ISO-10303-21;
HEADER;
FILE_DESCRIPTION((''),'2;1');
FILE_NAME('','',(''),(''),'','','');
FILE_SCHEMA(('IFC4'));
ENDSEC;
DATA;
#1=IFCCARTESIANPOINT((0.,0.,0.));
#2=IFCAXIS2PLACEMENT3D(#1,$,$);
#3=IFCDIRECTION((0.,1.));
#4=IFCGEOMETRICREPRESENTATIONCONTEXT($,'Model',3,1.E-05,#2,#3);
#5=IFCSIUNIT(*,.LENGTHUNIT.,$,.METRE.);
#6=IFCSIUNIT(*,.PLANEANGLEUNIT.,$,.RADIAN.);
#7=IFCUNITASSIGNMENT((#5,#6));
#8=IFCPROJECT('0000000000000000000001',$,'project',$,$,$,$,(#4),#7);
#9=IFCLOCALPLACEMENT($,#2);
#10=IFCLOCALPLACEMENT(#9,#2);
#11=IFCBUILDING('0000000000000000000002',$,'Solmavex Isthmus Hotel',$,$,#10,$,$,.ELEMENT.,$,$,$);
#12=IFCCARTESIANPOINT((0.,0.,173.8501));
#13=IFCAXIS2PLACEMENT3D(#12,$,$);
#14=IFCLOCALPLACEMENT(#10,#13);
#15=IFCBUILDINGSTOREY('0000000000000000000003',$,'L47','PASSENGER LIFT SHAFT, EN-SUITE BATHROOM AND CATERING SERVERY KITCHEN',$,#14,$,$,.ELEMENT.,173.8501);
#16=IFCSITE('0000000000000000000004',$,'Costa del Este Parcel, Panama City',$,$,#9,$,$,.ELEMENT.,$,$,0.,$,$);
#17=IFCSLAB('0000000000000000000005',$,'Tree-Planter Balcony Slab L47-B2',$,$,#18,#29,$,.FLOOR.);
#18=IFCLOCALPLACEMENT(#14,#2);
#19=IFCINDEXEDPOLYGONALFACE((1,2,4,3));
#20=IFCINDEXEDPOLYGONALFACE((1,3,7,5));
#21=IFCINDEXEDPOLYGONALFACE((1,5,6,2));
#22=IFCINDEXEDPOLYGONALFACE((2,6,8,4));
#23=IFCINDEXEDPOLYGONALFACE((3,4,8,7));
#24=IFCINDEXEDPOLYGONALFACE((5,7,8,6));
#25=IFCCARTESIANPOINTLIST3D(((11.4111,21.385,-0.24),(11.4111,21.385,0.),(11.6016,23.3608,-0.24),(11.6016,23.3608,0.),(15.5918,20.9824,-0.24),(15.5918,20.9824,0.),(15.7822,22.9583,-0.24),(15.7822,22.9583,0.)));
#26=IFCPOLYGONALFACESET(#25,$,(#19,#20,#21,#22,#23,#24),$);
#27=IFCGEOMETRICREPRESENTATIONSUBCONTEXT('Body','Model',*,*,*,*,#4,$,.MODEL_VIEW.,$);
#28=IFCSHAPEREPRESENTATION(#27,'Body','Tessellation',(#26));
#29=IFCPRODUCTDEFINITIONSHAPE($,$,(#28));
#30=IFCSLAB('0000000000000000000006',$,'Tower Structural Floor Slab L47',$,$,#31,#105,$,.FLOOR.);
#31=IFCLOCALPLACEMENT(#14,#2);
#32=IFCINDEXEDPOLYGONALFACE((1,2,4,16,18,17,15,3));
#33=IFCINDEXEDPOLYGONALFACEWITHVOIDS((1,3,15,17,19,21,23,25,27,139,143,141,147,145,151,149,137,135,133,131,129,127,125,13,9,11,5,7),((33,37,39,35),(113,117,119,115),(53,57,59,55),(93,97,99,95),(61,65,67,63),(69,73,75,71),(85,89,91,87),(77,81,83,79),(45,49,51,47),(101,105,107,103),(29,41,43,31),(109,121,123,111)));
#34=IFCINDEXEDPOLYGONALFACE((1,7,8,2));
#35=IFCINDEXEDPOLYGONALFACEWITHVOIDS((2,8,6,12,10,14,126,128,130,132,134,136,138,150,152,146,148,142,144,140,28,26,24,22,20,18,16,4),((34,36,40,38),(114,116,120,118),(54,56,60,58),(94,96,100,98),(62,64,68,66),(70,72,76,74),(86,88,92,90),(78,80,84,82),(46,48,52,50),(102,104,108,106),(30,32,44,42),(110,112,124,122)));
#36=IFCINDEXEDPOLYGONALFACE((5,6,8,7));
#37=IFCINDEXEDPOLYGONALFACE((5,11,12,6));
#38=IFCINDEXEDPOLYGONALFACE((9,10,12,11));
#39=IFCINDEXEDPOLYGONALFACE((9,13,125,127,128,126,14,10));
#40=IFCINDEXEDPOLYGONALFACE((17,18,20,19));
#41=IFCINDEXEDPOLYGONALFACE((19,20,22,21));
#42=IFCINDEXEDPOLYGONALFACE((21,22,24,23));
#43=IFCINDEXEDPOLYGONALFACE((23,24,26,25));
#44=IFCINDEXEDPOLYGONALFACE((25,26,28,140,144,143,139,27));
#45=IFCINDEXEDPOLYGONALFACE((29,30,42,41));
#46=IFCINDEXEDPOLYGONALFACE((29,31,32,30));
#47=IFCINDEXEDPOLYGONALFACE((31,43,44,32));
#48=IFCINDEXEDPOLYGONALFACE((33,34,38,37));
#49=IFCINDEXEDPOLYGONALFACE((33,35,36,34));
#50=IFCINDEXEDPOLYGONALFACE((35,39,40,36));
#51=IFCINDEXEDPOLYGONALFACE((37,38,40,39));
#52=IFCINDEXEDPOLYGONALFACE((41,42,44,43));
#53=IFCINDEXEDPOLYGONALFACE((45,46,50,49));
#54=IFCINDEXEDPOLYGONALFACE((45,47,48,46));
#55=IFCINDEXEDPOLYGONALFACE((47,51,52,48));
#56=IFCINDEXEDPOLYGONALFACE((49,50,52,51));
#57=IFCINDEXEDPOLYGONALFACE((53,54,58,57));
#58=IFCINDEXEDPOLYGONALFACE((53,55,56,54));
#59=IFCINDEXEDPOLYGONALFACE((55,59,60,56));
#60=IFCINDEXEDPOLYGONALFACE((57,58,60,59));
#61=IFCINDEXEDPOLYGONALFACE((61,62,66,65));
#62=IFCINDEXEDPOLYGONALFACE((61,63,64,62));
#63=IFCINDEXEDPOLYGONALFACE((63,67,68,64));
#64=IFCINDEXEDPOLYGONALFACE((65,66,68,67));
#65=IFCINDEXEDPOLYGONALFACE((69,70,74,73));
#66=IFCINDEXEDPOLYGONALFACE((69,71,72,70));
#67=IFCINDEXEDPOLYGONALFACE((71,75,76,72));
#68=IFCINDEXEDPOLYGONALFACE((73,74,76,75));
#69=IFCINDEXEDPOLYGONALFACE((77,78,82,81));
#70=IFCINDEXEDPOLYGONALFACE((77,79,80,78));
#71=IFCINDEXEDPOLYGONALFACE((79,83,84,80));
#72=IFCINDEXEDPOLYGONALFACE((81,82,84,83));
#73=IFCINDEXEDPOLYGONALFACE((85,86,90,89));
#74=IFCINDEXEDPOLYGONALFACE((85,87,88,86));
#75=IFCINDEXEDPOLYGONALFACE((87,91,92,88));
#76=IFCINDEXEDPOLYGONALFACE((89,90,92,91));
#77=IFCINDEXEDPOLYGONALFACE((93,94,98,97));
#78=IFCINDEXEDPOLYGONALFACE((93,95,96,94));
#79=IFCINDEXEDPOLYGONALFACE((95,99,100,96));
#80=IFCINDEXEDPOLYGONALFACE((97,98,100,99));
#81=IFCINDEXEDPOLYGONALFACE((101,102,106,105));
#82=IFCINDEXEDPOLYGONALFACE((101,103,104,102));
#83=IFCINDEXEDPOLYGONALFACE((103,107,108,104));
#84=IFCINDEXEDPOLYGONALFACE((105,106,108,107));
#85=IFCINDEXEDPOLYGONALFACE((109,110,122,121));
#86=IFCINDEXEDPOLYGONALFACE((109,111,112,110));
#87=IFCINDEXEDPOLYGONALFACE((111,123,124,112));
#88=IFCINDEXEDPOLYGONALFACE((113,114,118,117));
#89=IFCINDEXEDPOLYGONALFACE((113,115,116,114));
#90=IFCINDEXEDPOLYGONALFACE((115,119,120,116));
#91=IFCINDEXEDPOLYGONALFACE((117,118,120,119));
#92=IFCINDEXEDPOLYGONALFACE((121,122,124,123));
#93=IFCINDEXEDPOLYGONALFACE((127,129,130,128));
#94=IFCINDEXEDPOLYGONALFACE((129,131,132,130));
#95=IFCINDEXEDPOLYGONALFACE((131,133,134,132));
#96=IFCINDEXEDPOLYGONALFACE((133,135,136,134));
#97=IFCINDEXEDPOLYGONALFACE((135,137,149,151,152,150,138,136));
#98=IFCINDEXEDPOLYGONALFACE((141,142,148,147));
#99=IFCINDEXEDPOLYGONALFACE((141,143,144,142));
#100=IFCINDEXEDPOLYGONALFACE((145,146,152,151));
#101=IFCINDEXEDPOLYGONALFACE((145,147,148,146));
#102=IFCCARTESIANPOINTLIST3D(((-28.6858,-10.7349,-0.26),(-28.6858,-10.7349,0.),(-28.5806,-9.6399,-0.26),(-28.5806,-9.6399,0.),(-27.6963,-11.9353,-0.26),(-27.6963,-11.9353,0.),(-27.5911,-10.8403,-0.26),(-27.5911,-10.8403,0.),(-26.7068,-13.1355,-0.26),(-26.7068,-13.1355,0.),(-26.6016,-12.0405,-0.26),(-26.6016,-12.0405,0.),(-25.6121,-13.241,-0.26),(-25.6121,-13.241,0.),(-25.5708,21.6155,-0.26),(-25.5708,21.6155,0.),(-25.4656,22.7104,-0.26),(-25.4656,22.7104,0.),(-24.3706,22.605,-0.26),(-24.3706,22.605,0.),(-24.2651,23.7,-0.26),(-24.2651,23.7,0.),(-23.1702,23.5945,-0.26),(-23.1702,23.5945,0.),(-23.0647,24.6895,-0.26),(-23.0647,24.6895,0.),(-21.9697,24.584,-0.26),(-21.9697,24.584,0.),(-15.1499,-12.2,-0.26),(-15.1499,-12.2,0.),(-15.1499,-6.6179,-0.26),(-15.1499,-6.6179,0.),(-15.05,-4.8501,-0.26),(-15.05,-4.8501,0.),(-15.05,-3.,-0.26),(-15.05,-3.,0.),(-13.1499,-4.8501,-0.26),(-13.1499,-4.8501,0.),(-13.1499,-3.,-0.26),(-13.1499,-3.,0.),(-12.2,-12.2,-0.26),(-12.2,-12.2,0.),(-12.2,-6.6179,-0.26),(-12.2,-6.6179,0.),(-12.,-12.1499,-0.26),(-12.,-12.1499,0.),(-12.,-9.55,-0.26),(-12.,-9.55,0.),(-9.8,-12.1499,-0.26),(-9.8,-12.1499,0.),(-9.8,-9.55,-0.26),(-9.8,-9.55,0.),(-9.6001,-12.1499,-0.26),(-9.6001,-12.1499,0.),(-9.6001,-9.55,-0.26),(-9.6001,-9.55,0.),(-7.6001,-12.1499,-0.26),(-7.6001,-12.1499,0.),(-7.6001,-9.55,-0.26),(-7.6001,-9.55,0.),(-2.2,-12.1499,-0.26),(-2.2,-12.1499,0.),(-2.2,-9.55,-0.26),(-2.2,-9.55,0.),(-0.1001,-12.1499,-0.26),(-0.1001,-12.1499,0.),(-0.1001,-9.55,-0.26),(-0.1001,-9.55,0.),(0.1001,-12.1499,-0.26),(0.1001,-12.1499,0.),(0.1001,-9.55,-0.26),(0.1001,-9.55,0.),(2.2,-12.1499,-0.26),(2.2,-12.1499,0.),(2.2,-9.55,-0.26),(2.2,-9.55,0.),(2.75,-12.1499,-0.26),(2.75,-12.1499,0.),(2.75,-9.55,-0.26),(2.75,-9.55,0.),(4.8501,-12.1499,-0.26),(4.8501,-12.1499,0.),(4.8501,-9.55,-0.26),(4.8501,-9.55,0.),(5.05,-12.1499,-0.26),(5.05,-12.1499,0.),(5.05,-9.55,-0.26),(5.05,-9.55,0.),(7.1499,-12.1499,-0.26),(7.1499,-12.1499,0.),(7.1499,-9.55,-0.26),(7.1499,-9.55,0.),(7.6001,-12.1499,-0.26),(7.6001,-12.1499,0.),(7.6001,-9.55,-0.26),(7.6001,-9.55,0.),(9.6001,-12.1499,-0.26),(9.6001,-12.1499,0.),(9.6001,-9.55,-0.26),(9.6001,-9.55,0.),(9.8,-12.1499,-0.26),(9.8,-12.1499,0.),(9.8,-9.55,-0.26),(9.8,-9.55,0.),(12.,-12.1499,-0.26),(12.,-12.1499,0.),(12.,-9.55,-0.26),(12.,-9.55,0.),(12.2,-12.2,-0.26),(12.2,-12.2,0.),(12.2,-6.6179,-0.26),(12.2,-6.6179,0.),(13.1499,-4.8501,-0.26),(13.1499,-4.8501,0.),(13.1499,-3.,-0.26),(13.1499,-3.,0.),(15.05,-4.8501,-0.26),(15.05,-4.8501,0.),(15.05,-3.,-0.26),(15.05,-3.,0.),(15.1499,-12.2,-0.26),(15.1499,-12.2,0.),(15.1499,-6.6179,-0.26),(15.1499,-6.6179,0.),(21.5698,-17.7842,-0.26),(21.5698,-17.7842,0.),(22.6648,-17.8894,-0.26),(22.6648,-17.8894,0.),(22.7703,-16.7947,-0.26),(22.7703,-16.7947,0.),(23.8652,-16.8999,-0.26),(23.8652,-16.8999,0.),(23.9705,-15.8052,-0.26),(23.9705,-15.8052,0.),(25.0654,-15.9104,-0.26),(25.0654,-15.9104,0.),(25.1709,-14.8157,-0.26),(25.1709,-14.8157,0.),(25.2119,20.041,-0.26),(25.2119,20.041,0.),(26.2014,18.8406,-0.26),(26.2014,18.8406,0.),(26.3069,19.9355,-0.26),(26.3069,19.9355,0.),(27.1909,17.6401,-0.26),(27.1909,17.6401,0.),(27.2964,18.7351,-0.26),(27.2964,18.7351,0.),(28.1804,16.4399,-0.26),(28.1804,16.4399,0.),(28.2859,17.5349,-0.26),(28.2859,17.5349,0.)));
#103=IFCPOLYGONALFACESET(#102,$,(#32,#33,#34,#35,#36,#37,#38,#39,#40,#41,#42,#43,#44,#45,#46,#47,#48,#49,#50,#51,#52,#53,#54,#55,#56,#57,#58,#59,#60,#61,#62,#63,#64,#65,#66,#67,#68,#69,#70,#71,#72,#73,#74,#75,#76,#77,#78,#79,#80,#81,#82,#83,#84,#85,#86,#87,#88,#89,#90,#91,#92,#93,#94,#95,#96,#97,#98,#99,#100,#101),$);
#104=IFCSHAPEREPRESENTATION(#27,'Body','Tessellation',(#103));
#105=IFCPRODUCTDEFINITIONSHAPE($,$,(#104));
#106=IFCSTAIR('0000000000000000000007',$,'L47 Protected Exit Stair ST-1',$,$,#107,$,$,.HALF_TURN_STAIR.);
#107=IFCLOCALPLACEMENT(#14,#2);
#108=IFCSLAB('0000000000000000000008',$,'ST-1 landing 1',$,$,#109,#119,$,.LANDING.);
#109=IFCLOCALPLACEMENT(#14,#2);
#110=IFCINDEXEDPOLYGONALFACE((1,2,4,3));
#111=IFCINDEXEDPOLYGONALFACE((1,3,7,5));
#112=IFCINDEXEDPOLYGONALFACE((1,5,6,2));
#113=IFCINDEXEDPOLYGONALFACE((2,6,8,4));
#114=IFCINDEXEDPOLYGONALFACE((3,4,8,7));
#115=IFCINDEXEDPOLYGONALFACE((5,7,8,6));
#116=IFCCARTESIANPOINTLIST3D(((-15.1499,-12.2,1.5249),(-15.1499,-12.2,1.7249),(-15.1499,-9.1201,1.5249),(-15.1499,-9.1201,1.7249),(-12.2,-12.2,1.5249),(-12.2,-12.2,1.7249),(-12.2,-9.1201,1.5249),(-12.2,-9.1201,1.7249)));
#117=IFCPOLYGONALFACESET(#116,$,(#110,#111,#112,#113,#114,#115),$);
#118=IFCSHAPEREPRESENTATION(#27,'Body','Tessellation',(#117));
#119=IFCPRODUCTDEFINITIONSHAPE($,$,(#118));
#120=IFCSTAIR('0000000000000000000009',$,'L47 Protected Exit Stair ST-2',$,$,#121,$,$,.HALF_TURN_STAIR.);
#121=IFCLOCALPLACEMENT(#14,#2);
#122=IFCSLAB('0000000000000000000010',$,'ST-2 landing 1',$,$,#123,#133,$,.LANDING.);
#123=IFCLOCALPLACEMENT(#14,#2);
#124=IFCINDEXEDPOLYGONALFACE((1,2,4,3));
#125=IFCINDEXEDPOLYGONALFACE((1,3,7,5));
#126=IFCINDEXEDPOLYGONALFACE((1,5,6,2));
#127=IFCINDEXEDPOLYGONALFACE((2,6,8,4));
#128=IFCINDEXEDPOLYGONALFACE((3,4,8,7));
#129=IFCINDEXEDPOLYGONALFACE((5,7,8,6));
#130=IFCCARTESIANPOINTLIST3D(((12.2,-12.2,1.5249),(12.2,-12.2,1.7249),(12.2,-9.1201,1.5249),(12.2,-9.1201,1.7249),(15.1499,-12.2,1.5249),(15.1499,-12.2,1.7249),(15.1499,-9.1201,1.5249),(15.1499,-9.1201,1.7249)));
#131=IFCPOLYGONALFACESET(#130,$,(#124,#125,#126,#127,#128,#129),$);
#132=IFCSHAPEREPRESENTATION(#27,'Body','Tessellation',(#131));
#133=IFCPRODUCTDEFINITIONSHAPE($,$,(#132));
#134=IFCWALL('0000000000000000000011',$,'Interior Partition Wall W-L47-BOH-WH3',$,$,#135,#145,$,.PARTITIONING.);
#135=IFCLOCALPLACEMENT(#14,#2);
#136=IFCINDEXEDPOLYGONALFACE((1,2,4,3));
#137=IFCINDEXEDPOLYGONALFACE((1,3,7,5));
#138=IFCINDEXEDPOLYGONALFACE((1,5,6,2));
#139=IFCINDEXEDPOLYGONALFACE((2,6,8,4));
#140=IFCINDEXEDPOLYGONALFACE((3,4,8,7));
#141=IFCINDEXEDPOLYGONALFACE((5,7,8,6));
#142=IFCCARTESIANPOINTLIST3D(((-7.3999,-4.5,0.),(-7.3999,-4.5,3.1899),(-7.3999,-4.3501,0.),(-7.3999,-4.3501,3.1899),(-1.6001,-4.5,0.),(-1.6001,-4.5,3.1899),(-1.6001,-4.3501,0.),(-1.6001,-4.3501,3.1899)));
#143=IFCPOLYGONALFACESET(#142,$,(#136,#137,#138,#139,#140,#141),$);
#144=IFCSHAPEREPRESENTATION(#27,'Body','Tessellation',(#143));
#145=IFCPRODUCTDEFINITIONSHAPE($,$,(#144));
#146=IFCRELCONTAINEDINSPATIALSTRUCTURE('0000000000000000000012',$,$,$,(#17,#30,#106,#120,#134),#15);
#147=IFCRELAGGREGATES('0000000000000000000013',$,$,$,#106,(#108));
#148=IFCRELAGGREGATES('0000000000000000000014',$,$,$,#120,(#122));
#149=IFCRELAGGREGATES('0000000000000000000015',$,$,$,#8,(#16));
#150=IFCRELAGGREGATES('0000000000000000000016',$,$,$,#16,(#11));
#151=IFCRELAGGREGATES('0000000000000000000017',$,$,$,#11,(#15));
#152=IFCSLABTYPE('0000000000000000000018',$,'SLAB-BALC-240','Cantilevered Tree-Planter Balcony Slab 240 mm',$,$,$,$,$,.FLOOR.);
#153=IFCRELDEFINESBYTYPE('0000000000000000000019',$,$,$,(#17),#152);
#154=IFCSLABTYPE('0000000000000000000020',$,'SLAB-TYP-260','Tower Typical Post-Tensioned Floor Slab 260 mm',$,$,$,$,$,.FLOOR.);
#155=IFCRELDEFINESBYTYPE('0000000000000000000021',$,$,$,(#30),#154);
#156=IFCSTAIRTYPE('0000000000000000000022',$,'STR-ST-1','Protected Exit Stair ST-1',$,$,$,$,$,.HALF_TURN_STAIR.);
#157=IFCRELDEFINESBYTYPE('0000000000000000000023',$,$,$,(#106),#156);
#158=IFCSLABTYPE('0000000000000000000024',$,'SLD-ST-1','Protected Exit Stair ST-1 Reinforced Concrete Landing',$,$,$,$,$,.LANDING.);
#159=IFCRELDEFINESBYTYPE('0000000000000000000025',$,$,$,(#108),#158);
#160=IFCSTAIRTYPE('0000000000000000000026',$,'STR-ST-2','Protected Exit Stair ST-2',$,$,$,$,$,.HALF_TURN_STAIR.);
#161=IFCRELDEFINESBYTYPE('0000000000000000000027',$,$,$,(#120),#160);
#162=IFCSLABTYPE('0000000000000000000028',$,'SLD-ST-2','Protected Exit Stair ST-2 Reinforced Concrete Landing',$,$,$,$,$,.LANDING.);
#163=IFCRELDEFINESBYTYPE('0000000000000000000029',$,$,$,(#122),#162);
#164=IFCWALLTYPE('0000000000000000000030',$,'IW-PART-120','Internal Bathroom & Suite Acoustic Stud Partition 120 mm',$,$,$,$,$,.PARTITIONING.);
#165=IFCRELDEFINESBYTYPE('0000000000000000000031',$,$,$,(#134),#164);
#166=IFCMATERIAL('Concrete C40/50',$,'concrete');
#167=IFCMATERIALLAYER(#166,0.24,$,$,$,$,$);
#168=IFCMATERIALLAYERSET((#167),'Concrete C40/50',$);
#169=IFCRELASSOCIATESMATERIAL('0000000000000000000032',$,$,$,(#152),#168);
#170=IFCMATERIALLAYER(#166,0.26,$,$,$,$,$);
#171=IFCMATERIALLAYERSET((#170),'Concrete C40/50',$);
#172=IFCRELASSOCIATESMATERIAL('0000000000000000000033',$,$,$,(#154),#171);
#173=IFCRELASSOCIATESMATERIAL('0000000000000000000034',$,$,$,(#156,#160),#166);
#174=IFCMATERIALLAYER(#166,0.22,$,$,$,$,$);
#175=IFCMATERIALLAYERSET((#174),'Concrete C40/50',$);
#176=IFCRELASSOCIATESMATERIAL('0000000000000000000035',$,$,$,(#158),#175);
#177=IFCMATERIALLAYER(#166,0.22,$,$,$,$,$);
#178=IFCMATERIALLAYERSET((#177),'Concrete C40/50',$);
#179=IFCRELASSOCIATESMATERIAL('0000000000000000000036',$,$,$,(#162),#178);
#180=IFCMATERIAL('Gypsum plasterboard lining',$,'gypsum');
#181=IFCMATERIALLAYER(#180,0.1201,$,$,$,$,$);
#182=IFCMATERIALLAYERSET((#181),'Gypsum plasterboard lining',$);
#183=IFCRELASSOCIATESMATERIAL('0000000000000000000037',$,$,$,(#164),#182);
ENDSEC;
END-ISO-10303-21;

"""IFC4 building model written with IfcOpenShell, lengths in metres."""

from ifc_helpers import new_model, si_unit, direction, frame, frame_2d, origin, place, context, subcontext, project, spatial, polyline, rectangle, outline, extrude, material, layer, layer_set, type_object, element, aggregate, save


model = new_model("IFC4")

# Units and contexts
model_context = context("Model", 3, precision=1e-05, world=origin(), true_north=direction((0.0, 1.0)))
body_context = subcontext(model_context, "Body", "Model", "MODEL_VIEW")
ifc_project = project(units=[si_unit("LENGTHUNIT", "METRE"), si_unit("PLANEANGLEUNIT", "RADIAN")], contexts=[model_context])

# Site, building, storey
site_placement = place(None, origin())
site = spatial("IfcSite", under=ifc_project, at=site_placement, Name="Costa del Este Parcel, Panama City", CompositionType="ELEMENT", RefElevation=0.0)
building_placement = place(site_placement, origin())
building = spatial("IfcBuilding", under=site, at=building_placement, Name="Solmavex Isthmus Hotel", CompositionType="ELEMENT")
storey_placement = place(building_placement, frame((0.0, 0.0, 173.8501)))
storey = spatial("IfcBuildingStorey", under=building, at=storey_placement, Name="L47", Description="PASSENGER LIFT SHAFT, EN-SUITE BATHROOM AND CATERING SERVERY KITCHEN", CompositionType="ELEMENT", Elevation=173.8501)

# Slabs
ifc_material_1 = material(Name="Concrete C40/50", Category="concrete")
ifc_layer_1 = layer(ifc_material_1, 0.24)
ifc_layer_set_1 = layer_set([ifc_layer_1], Name="Concrete C40/50")
slab_type_1 = type_object("IfcSlabType", Name="SLAB-BALC-240", Description="Cantilevered Tree-Planter Balcony Slab 240 mm", PredefinedType="FLOOR", material=ifc_layer_set_1)
slab_1_placement = place(storey_placement, frame((0.0, 0.0, -0.24)))
element("IfcSlab", 1, at=slab_1_placement, inside=storey, type_object=slab_type_1, Name="Tree-Planter Balcony Slab L47-B2", PredefinedType="FLOOR", context=body_context, shape_type="SweptSolid", body=[
    extrude(outline(polyline([(11.4111, 21.385), (15.5918, 20.9824), (15.7822, 22.9583), (11.6016, 23.3608), (11.4111, 21.385)])), origin(), (0.0, 0.0, 1.0), 0.24),
])
ifc_layer_2 = layer(ifc_material_1, 0.26)
ifc_layer_set_2 = layer_set([ifc_layer_2], Name="Concrete C40/50")
slab_type_2 = type_object("IfcSlabType", Name="SLAB-TYP-260", Description="Tower Typical Post-Tensioned Floor Slab 260 mm", PredefinedType="FLOOR", material=ifc_layer_set_2)
slab_2_placement = place(storey_placement, frame((0.0, 0.0, -0.26)))
element("IfcSlab", 2, at=slab_2_placement, inside=storey, type_object=slab_type_2, Name="Tower Structural Floor Slab L47", PredefinedType="FLOOR", context=body_context, shape_type="SweptSolid", body=[
    extrude(outline(polyline([(-25.6121, -13.241), (21.5698, -17.7842), (22.6648, -17.8894), (22.7703, -16.7947), (23.8652, -16.8999), (23.9705, -15.8052), (25.0654, -15.9104), (25.1709, -14.8157), (28.1804, 16.4399), (28.2859, 17.5349), (27.1909, 17.6401), (27.2964, 18.7351), (26.2014, 18.8406), (26.3069, 19.9355), (25.2119, 20.041), (-21.9697, 24.584), (-23.0647, 24.6895), (-23.1702, 23.5945), (-24.2651, 23.7), (-24.3706, 22.605), (-25.4656, 22.7104), (-25.5708, 21.6155), (-28.5806, -9.6399), (-28.6858, -10.7349), (-27.5911, -10.8403), (-27.6963, -11.9353), (-26.6016, -12.0405), (-26.7068, -13.1355), (-25.6121, -13.241)]), holes=[polyline([(-15.1499, -6.6179), (-15.1499, -12.2), (-12.2, -12.2), (-12.2, -6.6179), (-15.1499, -6.6179)]), polyline([(12.2, -6.6179), (12.2, -12.2), (15.1499, -12.2), (15.1499, -6.6179), (12.2, -6.6179)]), polyline([(-12.0, -12.1499), (-9.8, -12.1499), (-9.8, -9.55), (-12.0, -9.55), (-12.0, -12.1499)]), polyline([(9.8, -12.1499), (12.0, -12.1499), (12.0, -9.55), (9.8, -9.55), (9.8, -12.1499)]), polyline([(-9.6001, -12.1499), (-7.6001, -12.1499), (-7.6001, -9.55), (-9.6001, -9.55), (-9.6001, -12.1499)]), polyline([(7.6001, -12.1499), (9.6001, -12.1499), (9.6001, -9.55), (7.6001, -9.55), (7.6001, -12.1499)]), polyline([(-2.2, -12.1499), (-0.1001, -12.1499), (-0.1001, -9.55), (-2.2, -9.55), (-2.2, -12.1499)]), polyline([(0.1001, -12.1499), (2.2, -12.1499), (2.2, -9.55), (0.1001, -9.55), (0.1001, -12.1499)]), polyline([(2.75, -12.1499), (4.8501, -12.1499), (4.8501, -9.55), (2.75, -9.55), (2.75, -12.1499)]), polyline([(5.05, -12.1499), (7.1499, -12.1499), (7.1499, -9.55), (5.05, -9.55), (5.05, -12.1499)]), polyline([(-15.05, -4.8501), (-13.1499, -4.8501), (-13.1499, -3.0), (-15.05, -3.0), (-15.05, -4.8501)]), polyline([(13.1499, -4.8501), (15.05, -4.8501), (15.05, -3.0), (13.1499, -3.0), (13.1499, -4.8501)])]), origin(), (0.0, 0.0, 1.0), 0.26),
])

# Stairs, slabs
stair_type_1 = type_object("IfcStairType", Name="STR-ST-1", Description="Protected Exit Stair ST-1", PredefinedType="HALF_TURN_STAIR", material=ifc_material_1)
stair_1_placement = place(storey_placement, origin())
stair_1 = element("IfcStair", 3, at=stair_1_placement, inside=storey, type_object=stair_type_1, Name="L47 Protected Exit Stair ST-1", PredefinedType="HALF_TURN_STAIR")
ifc_layer_3 = layer(ifc_material_1, 0.22)
ifc_layer_set_3 = layer_set([ifc_layer_3], Name="Concrete C40/50")
slab_type_3 = type_object("IfcSlabType", Name="SLD-ST-1", Description="Protected Exit Stair ST-1 Reinforced Concrete Landing", PredefinedType="LANDING", material=ifc_layer_set_3)
slab_3_placement = place(storey_placement, frame((0.0, 0.0, 1.5249)))
slab_3 = element("IfcSlab", 4, at=slab_3_placement, type_object=slab_type_3, Name="ST-1 landing 1", PredefinedType="LANDING", context=body_context, shape_type="SweptSolid", body=[
    extrude(outline(polyline([(-15.1499, -9.1201), (-15.1499, -12.2), (-12.2, -12.2), (-12.2, -9.1201), (-15.1499, -9.1201)])), origin(), (0.0, 0.0, 1.0), 0.2),
])
aggregate(stair_1, [slab_3])
stair_type_2 = type_object("IfcStairType", Name="STR-ST-2", Description="Protected Exit Stair ST-2", PredefinedType="HALF_TURN_STAIR", material=ifc_material_1)
stair_2_placement = place(storey_placement, origin())
stair_2 = element("IfcStair", 5, at=stair_2_placement, inside=storey, type_object=stair_type_2, Name="L47 Protected Exit Stair ST-2", PredefinedType="HALF_TURN_STAIR")
ifc_layer_4 = layer(ifc_material_1, 0.22)
ifc_layer_set_4 = layer_set([ifc_layer_4], Name="Concrete C40/50")
slab_type_4 = type_object("IfcSlabType", Name="SLD-ST-2", Description="Protected Exit Stair ST-2 Reinforced Concrete Landing", PredefinedType="LANDING", material=ifc_layer_set_4)
slab_4_placement = place(storey_placement, frame((0.0, 0.0, 1.5249)))
slab_4 = element("IfcSlab", 6, at=slab_4_placement, type_object=slab_type_4, Name="ST-2 landing 1", PredefinedType="LANDING", context=body_context, shape_type="SweptSolid", body=[
    extrude(outline(polyline([(12.2, -9.1201), (12.2, -12.2), (15.1499, -12.2), (15.1499, -9.1201), (12.2, -9.1201)])), origin(), (0.0, 0.0, 1.0), 0.2),
])
aggregate(stair_2, [slab_4])

# Wall
ifc_material_2 = material(Name="Gypsum plasterboard lining", Category="gypsum")
ifc_layer_5 = layer(ifc_material_2, 0.1201)
ifc_layer_set_5 = layer_set([ifc_layer_5], Name="Gypsum plasterboard lining")
wall_type_1 = type_object("IfcWallType", Name="IW-PART-120", Description="Internal Bathroom & Suite Acoustic Stud Partition 120 mm", PredefinedType="PARTITIONING", material=ifc_layer_set_5)
wall_1_placement = place(storey_placement, frame((-7.3999, -4.425, 0.0), z_axis=(0.0, 0.0, 1.0), x_axis=(1.0, 0.0, 0.0)))
element("IfcWall", 7, at=wall_1_placement, inside=storey, type_object=wall_type_1, Name="Interior Partition Wall W-L47-BOH-WH3", PredefinedType="PARTITIONING", context=body_context, shape_type="SweptSolid", body=[
    extrude(rectangle(XDim=5.7998, YDim=0.1499, at=frame_2d((2.8999, 0.0))), origin(), (0.0, 0.0, 1.0), 3.1899),
])

save(model, "model.ifc")
